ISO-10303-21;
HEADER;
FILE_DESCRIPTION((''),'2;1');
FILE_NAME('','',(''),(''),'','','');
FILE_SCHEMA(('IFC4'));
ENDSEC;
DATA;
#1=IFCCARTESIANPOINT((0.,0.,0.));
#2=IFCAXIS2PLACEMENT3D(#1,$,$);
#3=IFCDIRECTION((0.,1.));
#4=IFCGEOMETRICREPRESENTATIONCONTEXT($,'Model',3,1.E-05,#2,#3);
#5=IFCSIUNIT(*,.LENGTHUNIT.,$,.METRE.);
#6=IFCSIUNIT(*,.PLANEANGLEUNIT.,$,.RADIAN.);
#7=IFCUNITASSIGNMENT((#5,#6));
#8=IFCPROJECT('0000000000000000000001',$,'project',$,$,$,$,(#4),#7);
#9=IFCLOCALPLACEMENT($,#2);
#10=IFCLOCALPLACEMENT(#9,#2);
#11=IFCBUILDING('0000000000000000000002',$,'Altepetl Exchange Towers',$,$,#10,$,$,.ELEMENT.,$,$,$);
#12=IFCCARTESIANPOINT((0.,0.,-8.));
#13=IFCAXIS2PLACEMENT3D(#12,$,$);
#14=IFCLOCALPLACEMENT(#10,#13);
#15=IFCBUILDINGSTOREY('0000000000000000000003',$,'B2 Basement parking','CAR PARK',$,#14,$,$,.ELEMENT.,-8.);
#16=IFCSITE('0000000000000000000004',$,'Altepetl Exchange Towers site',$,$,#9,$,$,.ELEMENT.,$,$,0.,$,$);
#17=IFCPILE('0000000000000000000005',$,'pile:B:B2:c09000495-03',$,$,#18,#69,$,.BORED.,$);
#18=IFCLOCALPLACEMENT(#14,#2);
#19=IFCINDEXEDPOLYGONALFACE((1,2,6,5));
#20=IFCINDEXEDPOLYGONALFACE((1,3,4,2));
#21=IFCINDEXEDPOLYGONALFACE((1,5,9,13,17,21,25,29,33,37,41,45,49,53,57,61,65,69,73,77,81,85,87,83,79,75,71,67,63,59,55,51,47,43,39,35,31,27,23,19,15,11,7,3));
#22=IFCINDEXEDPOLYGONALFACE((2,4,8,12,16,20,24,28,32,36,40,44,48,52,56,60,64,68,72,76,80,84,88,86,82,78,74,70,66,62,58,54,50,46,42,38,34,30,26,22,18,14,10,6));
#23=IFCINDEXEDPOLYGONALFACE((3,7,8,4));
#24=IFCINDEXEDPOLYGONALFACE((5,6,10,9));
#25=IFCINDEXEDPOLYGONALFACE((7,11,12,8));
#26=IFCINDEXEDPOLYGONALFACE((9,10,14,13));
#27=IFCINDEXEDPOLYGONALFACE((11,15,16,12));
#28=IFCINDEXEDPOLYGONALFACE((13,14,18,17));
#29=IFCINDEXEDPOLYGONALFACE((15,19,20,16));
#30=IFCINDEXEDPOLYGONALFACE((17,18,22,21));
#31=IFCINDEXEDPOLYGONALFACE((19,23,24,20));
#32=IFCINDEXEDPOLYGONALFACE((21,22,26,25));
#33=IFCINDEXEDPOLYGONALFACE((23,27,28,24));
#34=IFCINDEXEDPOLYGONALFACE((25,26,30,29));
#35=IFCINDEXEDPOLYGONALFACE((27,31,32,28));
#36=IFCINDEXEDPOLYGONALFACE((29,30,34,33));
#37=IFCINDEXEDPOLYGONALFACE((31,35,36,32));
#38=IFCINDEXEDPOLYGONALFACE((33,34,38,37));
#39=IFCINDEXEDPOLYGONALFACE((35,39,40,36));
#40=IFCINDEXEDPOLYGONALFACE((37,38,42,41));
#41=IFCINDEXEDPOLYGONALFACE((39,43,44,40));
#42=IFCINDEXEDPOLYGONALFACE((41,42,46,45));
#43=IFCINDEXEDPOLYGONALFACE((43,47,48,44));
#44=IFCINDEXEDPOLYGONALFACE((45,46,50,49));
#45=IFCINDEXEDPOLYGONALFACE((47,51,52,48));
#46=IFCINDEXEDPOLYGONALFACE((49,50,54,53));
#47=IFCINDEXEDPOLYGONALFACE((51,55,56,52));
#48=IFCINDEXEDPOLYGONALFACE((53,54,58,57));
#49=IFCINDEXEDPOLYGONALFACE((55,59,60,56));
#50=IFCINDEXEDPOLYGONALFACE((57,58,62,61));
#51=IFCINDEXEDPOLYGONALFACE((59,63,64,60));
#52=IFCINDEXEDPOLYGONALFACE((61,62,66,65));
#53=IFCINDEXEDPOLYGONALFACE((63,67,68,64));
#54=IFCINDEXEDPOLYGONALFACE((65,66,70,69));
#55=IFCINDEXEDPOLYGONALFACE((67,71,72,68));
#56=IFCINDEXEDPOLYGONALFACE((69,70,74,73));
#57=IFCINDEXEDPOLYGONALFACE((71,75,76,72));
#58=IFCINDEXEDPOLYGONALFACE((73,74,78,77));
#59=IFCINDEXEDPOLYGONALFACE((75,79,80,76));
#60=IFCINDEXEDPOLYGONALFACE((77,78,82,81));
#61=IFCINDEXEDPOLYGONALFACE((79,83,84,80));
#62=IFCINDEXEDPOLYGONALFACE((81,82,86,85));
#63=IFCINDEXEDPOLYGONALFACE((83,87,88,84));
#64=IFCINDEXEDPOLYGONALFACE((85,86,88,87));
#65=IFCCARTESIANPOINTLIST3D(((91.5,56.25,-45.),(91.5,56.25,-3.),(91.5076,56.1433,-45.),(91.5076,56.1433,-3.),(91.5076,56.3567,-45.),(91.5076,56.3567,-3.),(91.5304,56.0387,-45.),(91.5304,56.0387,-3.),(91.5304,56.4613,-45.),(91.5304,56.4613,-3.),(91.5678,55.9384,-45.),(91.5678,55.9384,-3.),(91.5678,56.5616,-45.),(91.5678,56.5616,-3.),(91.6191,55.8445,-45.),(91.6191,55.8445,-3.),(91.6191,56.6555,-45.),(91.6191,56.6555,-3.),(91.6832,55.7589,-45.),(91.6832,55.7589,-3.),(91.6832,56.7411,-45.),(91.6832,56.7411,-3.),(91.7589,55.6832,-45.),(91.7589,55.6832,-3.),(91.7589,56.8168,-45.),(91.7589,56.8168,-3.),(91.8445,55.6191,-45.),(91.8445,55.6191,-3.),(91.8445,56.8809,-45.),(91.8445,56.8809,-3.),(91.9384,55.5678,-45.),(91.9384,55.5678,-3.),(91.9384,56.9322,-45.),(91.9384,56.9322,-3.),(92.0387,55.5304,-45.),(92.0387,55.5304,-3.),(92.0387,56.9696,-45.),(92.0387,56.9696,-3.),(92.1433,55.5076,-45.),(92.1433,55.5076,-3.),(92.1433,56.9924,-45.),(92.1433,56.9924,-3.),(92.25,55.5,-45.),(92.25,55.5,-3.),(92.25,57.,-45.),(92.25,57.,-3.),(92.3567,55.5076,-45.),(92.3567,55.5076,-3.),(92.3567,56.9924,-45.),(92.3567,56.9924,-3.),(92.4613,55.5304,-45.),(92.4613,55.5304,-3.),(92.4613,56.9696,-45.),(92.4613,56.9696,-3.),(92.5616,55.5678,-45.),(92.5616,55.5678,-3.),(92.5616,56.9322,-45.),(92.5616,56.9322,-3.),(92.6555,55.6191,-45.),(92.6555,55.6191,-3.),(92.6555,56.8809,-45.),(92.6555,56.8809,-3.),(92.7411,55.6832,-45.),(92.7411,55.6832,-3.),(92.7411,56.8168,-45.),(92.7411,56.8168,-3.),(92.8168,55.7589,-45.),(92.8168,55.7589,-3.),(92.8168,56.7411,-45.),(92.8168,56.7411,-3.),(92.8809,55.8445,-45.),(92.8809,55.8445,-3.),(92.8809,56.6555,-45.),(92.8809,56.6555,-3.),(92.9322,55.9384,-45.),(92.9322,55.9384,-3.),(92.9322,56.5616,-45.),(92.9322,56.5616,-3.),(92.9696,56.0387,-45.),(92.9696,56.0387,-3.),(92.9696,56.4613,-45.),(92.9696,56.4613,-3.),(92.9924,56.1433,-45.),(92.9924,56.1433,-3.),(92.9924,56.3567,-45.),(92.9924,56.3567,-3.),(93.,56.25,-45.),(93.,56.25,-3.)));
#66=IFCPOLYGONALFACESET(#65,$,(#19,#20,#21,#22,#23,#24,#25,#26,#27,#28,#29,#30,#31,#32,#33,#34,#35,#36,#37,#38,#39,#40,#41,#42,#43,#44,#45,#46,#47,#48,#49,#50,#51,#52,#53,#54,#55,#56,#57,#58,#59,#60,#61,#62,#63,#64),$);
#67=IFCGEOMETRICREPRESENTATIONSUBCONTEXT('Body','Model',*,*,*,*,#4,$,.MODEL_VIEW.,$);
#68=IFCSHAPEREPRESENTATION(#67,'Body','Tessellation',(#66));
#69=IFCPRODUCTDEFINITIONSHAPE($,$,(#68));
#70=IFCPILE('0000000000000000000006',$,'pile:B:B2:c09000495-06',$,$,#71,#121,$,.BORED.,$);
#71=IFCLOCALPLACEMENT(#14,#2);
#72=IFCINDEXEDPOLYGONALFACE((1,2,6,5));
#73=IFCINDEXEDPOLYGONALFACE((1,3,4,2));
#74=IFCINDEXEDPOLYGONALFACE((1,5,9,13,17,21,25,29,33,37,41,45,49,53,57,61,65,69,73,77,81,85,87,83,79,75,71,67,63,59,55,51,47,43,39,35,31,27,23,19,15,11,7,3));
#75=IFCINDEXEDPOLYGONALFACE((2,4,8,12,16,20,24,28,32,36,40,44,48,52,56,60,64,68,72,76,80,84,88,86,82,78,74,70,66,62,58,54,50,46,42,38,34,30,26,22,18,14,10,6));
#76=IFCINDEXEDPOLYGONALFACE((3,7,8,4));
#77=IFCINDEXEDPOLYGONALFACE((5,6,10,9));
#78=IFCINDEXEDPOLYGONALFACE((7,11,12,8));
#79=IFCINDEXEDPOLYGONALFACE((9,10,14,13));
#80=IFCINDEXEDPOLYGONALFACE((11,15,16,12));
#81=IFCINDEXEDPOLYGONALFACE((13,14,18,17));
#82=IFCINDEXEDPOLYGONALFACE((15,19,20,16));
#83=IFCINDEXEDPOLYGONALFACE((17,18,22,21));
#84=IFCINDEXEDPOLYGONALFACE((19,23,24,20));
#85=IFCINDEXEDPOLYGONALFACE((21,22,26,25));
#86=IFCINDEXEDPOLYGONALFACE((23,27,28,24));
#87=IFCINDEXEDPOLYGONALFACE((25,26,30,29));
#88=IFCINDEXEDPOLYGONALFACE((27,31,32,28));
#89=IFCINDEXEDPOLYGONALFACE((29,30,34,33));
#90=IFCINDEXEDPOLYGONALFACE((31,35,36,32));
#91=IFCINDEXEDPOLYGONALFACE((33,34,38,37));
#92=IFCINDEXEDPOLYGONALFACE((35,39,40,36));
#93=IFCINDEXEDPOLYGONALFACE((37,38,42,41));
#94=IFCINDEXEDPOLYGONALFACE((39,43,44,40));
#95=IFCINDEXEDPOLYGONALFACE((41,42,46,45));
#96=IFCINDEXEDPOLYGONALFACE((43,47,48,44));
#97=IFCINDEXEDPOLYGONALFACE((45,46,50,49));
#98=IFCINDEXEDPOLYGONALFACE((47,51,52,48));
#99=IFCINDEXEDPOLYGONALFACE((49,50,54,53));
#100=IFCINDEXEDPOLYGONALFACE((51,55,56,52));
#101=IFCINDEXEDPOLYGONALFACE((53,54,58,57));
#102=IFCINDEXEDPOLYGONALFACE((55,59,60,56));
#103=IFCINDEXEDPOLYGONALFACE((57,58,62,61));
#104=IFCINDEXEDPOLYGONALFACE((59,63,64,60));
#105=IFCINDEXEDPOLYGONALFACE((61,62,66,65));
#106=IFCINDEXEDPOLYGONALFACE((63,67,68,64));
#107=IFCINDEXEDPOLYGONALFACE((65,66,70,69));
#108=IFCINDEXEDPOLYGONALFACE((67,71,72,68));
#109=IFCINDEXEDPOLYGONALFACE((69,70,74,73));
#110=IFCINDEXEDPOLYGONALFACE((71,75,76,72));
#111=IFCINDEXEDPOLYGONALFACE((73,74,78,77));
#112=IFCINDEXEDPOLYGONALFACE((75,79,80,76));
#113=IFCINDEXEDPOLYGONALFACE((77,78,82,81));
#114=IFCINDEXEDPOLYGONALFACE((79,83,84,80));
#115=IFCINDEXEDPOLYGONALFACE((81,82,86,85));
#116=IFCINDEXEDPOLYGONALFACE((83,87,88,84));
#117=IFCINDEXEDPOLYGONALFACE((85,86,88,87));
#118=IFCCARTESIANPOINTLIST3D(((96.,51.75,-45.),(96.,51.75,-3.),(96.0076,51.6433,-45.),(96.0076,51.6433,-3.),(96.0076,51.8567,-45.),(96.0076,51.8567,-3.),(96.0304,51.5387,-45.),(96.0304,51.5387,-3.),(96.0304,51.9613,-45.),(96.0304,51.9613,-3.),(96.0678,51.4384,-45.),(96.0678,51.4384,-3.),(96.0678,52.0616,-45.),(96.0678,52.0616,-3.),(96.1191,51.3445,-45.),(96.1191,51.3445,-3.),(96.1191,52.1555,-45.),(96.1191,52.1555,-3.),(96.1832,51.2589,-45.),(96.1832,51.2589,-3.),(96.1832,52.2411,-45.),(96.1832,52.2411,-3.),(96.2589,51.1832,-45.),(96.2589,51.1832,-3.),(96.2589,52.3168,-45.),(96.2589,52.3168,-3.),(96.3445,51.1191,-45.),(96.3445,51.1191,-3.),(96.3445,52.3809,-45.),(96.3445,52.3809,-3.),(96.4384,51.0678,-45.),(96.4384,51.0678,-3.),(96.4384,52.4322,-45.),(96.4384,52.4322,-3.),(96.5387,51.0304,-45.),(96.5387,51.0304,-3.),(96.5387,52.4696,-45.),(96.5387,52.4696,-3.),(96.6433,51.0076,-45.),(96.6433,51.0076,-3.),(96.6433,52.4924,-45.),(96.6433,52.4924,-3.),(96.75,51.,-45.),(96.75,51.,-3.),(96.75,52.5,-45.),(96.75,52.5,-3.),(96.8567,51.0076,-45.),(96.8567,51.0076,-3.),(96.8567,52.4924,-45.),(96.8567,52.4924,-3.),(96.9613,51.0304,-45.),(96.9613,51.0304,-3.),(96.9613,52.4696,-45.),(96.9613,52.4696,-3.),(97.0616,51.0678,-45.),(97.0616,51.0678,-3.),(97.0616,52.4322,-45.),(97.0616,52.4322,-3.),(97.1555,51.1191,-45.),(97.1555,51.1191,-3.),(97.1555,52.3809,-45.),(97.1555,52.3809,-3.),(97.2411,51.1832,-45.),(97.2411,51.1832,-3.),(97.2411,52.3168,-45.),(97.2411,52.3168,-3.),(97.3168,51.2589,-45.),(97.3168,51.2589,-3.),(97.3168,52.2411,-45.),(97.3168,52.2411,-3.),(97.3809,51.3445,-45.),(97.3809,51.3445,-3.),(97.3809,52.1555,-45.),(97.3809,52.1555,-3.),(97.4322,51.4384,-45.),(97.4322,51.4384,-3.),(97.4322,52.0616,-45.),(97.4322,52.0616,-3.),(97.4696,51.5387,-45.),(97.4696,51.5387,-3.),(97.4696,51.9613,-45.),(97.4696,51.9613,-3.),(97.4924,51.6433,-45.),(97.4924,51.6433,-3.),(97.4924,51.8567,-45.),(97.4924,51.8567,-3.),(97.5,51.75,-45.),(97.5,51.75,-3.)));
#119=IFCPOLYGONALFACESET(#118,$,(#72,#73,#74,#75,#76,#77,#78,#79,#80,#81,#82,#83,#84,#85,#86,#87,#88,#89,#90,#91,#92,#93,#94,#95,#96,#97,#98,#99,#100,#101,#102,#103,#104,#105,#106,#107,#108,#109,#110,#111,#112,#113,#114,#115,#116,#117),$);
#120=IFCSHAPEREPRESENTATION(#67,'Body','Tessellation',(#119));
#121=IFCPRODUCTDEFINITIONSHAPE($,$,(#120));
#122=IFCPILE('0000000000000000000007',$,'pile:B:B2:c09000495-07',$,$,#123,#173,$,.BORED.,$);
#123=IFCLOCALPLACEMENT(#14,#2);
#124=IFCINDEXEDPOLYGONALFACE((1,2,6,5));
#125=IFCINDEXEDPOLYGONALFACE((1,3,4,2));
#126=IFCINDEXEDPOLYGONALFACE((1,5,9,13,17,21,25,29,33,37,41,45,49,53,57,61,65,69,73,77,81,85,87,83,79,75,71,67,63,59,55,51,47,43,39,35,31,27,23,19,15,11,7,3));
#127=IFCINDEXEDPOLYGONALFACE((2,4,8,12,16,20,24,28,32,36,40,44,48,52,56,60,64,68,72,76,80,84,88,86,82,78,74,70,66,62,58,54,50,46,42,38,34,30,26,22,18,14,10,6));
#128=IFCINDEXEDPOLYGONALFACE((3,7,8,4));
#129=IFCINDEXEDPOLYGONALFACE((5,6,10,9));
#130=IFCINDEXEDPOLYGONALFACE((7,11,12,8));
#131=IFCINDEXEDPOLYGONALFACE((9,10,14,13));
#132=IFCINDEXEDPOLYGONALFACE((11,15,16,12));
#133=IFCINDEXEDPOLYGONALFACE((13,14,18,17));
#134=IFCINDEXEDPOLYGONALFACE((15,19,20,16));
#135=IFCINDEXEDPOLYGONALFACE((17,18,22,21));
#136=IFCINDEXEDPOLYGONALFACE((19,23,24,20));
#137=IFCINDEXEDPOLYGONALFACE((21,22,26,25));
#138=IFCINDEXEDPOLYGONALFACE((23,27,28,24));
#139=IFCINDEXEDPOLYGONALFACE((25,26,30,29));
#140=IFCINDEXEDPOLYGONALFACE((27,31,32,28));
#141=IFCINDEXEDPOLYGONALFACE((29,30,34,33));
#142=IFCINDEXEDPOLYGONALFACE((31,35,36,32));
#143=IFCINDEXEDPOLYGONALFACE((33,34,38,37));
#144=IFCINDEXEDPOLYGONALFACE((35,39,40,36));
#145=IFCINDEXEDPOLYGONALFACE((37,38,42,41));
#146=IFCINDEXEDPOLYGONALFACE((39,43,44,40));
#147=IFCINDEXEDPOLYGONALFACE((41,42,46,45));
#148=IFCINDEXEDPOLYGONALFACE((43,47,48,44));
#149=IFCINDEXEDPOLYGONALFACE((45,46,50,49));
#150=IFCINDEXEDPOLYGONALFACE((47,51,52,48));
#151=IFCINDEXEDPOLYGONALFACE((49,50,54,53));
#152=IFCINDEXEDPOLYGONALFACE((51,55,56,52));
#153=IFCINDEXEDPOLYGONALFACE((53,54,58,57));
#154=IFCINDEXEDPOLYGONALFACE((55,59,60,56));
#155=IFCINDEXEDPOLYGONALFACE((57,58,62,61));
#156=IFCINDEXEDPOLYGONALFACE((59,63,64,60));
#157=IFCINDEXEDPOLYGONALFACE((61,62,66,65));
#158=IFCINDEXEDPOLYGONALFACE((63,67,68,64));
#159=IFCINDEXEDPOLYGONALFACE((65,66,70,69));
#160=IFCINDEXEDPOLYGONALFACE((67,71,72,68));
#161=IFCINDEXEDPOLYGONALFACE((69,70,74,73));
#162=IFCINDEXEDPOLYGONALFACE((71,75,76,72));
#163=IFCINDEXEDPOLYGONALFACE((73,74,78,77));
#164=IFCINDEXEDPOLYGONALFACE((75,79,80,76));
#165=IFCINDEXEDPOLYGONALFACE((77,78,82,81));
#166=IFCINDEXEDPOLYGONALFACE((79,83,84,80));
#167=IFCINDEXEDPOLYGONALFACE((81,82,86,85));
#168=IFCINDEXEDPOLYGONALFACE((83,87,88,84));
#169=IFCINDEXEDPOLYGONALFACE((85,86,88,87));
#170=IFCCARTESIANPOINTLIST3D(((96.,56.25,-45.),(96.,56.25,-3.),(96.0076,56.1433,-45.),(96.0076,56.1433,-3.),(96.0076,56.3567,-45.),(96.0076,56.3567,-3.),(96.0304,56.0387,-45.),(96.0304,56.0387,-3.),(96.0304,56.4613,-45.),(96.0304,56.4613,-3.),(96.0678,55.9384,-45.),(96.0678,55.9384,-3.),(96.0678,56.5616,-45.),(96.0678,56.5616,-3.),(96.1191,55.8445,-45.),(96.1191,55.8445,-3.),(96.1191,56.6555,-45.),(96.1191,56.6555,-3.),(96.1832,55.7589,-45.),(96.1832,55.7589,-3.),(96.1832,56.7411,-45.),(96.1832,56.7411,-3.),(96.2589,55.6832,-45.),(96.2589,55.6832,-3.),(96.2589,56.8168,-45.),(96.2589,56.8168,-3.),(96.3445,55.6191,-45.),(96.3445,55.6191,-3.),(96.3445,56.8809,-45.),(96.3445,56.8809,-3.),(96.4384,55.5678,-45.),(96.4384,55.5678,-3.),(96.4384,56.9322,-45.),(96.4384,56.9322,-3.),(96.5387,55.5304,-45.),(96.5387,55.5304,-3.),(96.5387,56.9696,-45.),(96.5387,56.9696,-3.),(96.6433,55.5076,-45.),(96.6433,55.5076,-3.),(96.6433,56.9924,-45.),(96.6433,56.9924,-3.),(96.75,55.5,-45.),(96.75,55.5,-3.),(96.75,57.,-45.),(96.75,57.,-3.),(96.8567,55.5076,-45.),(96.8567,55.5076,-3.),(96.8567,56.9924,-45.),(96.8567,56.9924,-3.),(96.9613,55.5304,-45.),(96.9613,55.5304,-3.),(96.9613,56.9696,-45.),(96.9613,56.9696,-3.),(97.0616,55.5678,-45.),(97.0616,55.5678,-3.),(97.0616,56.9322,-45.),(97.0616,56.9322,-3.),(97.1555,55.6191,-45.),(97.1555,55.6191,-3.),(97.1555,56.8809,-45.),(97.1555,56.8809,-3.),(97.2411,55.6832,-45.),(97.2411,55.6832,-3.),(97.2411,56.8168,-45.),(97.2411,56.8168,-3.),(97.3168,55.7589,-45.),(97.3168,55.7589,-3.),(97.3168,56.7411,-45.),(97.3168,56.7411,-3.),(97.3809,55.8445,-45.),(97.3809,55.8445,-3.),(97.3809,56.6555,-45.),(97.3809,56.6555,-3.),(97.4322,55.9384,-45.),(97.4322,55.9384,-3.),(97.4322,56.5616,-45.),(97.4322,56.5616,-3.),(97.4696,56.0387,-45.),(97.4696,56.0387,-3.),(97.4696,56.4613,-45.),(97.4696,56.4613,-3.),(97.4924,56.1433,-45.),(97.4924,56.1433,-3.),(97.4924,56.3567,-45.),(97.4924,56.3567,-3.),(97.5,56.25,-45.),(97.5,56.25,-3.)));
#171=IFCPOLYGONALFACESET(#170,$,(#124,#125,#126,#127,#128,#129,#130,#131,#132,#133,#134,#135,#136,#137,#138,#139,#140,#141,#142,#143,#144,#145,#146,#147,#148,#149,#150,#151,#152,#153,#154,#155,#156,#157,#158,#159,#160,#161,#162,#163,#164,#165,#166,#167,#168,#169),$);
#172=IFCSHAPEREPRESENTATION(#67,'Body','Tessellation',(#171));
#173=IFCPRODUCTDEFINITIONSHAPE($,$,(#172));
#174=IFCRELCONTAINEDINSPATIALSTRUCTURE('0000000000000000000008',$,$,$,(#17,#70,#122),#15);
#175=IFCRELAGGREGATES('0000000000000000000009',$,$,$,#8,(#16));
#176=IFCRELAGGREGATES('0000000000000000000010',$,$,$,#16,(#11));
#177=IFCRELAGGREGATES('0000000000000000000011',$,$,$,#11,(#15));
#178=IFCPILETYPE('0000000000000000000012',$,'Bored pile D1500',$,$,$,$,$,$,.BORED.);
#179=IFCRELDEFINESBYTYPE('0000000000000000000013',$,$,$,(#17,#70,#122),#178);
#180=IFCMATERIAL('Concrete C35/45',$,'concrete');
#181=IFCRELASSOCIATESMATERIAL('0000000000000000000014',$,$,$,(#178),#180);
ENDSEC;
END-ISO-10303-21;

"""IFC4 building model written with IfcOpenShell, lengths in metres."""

from ifc_helpers import new_model, si_unit, direction, frame, origin, origin_2d, place, context, subcontext, project, spatial, circle, extrude, material, material_profile, profile_set, type_object, element, save


model = new_model("IFC4")

# Units and contexts
model_context = context("Model", 3, precision=1e-05, world=origin(), true_north=direction((0.0, 1.0)))
body_context = subcontext(model_context, "Body", "Model", "MODEL_VIEW")
ifc_project = project(units=[si_unit("LENGTHUNIT", "METRE"), si_unit("PLANEANGLEUNIT", "RADIAN")], contexts=[model_context])

# Site, building, storey
site_placement = place(None, origin())
site = spatial("IfcSite", under=ifc_project, at=site_placement, Name="Altepetl Exchange Towers site", CompositionType="ELEMENT", RefElevation=0.0)
building_placement = place(site_placement, origin())
building = spatial("IfcBuilding", under=site, at=building_placement, Name="Altepetl Exchange Towers", CompositionType="ELEMENT")
storey_placement = place(building_placement, frame((0.0, 0.0, -8.0)))
storey = spatial("IfcBuildingStorey", under=building, at=storey_placement, Name="B2 Basement parking", Description="CAR PARK", CompositionType="ELEMENT", Elevation=-8.0)

# Piles
ifc_material_1 = material(Name="Concrete C35/45", Category="concrete")
ifc_material_profile_1 = material_profile(ifc_material_1, circle(Radius=0.75, at=origin_2d()), Name="D1500")
ifc_profile_set_1 = profile_set([ifc_material_profile_1], Name="Concrete C35/45")
pile_type_1 = type_object("IfcPileType", Name="Bored pile D1500", PredefinedType="BORED", material=ifc_profile_set_1)
for number, where, z_axis, x_axis, name in (
    (1, (92.25, 56.25, -3.0), (0.0, 0.0, -1.0), (1.0, 0.0, 0.0), "pile:B:B2:c09000495-03"),
    (2, (96.75, 51.75, -3.0), (0.0, 0.0, -1.0), (1.0, 0.0, 0.0), "pile:B:B2:c09000495-06"),
    (3, (96.75, 56.25, -3.0), (0.0, 0.0, -1.0), (1.0, 0.0, 0.0), "pile:B:B2:c09000495-07"),
):
    element("IfcPile", number, at=place(storey_placement, frame(where, z_axis=z_axis, x_axis=x_axis)), inside=storey, type_object=pile_type_1, Name=name, PredefinedType="BORED", context=body_context, shape_type="SweptSolid", body=[
        extrude(circle(Radius=0.75, at=origin_2d()), origin(), (0.0, 0.0, 1.0), 42.0),
    ])

save(model, "model.ifc")
